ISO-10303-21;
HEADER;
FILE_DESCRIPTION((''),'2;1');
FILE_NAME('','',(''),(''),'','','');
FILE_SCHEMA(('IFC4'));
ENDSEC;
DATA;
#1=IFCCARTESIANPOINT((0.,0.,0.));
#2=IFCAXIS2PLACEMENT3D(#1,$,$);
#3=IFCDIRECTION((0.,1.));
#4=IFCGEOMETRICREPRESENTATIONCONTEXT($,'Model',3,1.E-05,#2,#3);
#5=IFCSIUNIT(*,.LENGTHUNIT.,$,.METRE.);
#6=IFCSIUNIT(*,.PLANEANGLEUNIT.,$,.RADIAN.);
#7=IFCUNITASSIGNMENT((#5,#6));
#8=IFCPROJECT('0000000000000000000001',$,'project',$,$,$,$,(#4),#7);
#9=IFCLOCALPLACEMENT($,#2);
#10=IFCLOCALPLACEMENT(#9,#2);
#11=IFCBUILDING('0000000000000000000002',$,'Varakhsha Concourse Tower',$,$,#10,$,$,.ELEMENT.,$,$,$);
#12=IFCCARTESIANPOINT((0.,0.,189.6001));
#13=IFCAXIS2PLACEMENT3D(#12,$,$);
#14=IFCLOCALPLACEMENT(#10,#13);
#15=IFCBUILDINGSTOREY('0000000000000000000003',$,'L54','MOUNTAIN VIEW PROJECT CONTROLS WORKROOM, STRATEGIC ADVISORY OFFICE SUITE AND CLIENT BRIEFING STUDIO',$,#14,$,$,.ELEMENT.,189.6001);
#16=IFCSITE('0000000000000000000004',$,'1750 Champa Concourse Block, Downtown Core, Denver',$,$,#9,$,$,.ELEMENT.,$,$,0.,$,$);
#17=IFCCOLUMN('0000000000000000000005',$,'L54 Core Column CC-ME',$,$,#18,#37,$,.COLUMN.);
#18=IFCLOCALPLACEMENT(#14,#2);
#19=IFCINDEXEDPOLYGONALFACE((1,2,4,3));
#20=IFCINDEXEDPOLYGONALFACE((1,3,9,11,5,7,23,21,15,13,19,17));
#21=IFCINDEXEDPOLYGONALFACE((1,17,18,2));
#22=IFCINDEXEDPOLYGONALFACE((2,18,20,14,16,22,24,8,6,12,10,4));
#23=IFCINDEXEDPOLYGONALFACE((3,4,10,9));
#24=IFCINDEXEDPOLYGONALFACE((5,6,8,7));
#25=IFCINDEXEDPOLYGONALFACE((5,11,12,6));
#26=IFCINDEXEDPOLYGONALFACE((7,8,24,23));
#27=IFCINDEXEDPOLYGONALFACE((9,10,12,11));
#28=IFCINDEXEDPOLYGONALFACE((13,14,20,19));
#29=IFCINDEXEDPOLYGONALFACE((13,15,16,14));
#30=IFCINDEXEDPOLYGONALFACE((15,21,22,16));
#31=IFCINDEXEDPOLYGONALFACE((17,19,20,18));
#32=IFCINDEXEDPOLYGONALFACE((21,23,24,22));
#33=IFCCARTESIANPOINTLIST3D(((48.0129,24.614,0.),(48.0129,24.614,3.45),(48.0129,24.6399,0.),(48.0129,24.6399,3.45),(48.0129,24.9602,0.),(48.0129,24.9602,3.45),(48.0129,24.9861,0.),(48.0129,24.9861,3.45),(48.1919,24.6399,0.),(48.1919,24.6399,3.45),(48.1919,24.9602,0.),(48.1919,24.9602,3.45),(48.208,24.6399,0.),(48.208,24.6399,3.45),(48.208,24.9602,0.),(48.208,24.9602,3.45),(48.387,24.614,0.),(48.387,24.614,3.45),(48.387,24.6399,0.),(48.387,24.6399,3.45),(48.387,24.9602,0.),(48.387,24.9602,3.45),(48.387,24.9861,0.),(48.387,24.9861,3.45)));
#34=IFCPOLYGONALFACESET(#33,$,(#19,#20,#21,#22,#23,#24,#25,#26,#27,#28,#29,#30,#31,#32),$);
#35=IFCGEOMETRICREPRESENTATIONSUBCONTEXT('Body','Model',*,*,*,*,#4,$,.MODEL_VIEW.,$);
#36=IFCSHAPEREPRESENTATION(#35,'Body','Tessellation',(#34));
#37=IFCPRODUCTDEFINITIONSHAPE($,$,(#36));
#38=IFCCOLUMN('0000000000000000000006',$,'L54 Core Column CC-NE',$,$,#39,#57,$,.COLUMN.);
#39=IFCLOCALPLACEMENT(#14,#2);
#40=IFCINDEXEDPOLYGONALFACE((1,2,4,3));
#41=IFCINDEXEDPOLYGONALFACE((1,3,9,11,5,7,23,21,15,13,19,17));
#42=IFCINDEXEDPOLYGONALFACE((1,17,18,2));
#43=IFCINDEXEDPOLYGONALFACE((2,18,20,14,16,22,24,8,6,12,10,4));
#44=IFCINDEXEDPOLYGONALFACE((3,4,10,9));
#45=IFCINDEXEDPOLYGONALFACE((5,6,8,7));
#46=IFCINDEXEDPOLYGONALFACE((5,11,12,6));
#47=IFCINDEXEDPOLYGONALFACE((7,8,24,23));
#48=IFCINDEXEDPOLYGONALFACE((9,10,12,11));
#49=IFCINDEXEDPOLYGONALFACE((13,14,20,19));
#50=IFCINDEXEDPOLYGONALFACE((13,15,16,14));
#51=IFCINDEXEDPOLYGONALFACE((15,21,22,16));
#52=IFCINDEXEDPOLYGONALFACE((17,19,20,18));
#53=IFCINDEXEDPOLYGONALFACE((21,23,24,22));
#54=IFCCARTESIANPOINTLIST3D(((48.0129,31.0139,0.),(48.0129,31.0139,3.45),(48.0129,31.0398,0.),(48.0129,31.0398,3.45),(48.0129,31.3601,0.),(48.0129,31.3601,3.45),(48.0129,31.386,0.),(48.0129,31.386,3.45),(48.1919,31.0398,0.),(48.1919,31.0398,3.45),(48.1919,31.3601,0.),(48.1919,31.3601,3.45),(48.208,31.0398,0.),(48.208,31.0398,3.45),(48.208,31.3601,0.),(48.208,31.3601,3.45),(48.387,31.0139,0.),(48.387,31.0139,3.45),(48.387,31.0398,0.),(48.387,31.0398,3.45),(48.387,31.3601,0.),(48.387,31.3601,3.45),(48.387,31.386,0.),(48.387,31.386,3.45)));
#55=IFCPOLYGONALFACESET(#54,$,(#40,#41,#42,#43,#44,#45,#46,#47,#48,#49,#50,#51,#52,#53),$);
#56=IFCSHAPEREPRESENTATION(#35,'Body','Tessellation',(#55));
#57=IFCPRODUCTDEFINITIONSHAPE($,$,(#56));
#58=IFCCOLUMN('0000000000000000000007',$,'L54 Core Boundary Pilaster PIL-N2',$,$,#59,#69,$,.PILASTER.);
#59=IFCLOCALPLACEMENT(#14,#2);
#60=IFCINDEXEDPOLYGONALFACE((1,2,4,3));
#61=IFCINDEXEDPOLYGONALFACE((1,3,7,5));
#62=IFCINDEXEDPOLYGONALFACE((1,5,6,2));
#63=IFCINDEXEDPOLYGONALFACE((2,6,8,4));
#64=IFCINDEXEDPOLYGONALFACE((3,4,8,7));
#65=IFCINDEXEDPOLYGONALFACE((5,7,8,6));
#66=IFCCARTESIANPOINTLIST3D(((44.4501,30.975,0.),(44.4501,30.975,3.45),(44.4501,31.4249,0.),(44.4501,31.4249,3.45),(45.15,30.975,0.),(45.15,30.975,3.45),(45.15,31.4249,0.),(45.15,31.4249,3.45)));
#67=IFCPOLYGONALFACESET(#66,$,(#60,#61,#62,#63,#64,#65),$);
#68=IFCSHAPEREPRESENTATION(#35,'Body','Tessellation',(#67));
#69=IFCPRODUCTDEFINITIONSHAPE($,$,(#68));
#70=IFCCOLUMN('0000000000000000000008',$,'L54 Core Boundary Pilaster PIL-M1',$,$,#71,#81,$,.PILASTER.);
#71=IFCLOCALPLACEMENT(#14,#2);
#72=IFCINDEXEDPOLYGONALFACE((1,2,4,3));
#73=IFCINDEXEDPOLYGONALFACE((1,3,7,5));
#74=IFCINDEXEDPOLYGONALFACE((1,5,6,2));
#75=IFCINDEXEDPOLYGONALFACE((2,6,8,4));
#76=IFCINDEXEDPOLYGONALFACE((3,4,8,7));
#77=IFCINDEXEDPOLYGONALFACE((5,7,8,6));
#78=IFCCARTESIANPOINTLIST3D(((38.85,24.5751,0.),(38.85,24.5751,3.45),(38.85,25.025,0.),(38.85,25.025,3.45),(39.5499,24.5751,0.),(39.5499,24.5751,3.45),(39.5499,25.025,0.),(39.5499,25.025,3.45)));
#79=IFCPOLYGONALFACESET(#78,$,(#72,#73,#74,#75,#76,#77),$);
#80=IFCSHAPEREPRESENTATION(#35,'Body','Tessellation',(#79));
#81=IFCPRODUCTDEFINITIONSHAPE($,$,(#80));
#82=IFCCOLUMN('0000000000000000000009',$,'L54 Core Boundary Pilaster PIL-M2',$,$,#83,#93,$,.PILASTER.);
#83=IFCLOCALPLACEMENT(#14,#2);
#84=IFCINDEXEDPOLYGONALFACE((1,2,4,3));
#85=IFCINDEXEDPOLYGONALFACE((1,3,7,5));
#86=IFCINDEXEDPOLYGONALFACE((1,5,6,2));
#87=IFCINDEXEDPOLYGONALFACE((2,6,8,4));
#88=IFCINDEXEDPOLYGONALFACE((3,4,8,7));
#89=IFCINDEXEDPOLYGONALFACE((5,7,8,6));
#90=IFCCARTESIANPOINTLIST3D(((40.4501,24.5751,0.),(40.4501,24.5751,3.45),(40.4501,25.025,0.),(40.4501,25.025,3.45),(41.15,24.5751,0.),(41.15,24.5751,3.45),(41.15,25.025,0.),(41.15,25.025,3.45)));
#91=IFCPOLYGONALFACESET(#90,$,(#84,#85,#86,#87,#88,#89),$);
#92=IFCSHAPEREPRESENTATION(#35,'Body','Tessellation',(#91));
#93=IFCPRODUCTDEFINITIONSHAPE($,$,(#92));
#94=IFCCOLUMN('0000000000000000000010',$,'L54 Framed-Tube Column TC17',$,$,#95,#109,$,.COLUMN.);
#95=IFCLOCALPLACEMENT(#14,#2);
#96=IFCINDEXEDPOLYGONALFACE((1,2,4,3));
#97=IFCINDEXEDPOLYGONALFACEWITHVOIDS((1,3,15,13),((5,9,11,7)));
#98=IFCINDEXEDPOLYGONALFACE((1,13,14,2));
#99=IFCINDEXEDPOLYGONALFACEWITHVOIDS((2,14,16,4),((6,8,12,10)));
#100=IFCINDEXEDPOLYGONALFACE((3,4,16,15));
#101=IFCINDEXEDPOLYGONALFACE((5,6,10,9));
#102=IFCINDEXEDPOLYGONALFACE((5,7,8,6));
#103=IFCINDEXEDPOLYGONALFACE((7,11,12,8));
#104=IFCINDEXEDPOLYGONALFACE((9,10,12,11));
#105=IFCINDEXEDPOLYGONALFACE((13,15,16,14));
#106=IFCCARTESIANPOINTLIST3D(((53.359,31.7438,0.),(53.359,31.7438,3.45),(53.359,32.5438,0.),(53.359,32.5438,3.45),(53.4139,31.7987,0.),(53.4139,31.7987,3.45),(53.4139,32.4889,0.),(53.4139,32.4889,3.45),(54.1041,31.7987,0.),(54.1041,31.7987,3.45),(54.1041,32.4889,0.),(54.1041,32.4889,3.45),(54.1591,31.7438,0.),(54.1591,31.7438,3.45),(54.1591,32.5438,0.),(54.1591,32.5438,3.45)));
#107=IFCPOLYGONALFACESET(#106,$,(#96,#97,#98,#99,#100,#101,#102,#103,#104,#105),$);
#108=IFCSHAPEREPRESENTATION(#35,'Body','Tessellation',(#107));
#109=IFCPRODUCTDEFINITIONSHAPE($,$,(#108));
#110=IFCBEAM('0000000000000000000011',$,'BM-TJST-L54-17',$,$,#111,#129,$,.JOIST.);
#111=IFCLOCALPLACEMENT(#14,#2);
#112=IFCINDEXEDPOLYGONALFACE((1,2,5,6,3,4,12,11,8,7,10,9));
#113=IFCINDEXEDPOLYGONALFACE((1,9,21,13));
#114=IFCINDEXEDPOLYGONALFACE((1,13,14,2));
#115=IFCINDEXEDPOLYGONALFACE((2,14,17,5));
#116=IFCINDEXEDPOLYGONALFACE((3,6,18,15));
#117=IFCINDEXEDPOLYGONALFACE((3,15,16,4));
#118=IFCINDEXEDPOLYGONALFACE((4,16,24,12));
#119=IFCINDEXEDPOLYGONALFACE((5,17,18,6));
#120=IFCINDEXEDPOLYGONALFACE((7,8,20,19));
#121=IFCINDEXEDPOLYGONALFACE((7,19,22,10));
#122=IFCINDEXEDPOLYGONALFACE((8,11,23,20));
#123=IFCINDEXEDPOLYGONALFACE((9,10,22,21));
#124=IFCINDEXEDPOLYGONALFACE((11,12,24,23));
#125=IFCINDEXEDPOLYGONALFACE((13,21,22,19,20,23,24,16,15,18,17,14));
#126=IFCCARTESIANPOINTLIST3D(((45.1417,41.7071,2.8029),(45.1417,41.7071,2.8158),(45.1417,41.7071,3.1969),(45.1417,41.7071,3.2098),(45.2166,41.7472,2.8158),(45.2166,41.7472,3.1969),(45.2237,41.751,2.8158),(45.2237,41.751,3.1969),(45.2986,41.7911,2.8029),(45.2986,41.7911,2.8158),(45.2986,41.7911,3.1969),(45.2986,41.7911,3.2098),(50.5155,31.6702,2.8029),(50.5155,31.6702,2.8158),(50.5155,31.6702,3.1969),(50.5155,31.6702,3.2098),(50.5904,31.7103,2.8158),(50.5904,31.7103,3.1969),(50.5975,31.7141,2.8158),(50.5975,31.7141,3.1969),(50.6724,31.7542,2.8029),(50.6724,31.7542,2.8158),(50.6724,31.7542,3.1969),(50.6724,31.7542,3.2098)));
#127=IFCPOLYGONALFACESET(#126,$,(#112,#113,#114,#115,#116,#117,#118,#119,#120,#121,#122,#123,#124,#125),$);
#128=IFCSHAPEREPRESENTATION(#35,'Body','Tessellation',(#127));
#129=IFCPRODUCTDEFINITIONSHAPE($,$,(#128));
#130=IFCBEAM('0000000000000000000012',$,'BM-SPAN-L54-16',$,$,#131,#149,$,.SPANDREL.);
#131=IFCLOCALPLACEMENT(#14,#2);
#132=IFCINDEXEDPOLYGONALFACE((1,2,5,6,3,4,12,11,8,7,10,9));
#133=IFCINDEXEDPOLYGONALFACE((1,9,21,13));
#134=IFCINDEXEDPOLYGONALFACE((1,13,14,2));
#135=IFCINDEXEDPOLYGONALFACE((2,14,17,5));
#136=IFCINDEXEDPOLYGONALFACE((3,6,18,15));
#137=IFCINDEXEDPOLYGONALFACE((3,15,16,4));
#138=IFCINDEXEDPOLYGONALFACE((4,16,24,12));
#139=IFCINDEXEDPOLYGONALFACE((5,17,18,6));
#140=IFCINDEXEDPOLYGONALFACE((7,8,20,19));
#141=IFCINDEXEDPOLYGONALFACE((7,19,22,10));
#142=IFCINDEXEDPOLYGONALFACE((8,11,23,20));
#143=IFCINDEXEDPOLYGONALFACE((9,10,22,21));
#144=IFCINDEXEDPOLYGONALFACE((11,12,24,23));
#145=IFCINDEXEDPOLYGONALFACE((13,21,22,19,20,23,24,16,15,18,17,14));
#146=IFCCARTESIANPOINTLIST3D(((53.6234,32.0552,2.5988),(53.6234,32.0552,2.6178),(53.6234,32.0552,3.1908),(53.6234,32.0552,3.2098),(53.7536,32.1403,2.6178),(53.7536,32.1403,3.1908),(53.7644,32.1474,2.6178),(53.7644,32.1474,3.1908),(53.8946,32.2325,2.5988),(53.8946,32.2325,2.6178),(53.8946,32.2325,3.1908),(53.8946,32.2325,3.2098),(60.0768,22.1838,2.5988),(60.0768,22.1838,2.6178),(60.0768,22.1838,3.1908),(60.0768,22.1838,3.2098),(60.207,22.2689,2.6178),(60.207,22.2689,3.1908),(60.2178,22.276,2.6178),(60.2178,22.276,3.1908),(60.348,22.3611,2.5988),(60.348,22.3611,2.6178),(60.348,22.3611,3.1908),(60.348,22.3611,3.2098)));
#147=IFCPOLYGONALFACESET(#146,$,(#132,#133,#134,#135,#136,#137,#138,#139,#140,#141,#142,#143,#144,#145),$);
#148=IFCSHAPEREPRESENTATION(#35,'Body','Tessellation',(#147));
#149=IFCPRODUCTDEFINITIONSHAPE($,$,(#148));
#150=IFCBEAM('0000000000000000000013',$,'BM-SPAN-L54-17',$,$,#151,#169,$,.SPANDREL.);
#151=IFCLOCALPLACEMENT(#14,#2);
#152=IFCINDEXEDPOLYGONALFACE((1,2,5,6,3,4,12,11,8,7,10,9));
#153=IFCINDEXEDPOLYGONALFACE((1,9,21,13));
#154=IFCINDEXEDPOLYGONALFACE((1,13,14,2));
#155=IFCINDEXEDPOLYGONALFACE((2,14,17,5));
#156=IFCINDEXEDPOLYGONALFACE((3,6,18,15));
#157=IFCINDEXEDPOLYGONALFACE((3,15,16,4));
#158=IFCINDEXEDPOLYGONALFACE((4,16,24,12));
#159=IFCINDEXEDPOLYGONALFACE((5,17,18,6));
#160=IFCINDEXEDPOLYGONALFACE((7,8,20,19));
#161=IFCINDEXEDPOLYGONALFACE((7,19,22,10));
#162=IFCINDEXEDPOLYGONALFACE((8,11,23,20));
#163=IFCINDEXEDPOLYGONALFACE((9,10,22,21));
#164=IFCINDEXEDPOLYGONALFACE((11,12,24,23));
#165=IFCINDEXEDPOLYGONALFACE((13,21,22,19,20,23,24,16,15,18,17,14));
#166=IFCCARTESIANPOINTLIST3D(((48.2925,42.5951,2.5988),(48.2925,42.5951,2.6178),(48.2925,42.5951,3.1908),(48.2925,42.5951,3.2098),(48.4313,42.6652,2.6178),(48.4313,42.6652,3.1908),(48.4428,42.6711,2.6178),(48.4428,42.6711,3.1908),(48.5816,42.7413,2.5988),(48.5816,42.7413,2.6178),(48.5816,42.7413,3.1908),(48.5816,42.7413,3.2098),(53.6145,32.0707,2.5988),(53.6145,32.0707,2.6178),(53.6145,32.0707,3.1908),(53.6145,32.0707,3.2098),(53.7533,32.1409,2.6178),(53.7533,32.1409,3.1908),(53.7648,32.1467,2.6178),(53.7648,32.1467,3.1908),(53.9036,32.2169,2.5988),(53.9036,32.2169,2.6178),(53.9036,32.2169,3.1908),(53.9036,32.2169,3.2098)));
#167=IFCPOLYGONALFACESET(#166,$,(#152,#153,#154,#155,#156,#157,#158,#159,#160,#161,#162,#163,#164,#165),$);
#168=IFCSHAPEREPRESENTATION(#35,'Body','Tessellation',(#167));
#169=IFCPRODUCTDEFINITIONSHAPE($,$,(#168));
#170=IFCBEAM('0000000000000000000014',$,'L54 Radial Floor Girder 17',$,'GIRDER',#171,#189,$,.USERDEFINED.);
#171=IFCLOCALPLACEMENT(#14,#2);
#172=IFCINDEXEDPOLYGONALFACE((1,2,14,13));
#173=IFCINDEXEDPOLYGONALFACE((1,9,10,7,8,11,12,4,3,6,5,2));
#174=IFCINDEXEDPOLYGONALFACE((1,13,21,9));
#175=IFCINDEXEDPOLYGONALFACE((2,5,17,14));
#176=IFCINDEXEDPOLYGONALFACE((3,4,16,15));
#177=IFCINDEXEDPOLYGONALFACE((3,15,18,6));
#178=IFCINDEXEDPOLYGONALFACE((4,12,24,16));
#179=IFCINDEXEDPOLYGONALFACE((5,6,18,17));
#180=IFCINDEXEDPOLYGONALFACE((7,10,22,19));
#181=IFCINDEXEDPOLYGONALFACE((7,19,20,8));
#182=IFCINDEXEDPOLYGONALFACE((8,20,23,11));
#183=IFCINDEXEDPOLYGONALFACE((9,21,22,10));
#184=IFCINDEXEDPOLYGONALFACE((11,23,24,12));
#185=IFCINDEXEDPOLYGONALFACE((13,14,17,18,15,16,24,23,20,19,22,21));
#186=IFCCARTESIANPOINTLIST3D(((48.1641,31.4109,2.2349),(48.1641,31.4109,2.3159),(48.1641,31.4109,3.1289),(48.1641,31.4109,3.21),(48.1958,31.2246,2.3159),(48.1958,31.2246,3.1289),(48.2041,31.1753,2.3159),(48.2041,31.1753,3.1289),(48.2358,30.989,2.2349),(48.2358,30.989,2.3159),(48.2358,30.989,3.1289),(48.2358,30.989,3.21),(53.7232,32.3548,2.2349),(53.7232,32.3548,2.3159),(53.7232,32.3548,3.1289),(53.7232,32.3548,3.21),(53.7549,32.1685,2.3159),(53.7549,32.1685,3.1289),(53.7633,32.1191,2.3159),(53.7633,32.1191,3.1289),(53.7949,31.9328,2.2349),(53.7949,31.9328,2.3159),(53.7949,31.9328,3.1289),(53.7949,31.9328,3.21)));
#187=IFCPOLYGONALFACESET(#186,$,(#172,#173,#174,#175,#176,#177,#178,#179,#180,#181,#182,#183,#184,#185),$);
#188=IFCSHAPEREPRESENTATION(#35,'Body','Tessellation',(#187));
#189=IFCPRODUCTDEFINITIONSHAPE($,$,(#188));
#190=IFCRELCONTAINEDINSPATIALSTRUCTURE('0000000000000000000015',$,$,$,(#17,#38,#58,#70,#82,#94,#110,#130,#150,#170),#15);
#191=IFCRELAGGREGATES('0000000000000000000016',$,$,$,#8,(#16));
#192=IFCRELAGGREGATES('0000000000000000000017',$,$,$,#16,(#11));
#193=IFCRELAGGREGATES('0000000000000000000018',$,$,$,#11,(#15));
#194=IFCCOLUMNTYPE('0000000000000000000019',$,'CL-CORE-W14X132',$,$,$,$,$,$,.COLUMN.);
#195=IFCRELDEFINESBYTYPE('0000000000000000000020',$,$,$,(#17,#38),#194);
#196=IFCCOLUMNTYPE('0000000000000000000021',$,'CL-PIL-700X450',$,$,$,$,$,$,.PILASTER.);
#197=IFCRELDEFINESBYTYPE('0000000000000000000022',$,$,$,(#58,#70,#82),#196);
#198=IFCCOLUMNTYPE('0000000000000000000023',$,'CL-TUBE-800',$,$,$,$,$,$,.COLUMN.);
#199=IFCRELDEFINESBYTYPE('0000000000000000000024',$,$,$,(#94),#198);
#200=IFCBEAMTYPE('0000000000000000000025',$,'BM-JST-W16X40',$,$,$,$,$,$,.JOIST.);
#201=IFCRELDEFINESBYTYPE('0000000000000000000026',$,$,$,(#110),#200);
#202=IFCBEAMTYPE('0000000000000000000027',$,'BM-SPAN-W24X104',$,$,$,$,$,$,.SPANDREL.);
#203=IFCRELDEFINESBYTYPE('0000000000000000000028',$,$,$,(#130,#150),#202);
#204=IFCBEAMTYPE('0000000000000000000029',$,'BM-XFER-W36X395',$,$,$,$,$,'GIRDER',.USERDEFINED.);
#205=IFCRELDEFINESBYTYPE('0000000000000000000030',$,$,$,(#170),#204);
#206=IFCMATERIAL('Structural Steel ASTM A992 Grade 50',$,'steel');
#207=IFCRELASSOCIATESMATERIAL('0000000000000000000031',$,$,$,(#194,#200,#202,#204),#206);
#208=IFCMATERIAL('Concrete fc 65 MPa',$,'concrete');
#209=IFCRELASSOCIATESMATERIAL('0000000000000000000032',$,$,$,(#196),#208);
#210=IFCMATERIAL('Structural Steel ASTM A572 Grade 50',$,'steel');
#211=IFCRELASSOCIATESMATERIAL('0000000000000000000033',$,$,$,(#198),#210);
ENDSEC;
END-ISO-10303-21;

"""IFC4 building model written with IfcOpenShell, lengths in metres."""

from ifc_helpers import new_model, si_unit, direction, frame, origin, origin_2d, place, context, subcontext, project, spatial, rectangle, hollow_rectangle, i_section, extrude, material, material_profile, profile_set, type_object, element, save


model = new_model("IFC4")

# Units and contexts
model_context = context("Model", 3, precision=1e-05, world=origin(), true_north=direction((0.0, 1.0)))
body_context = subcontext(model_context, "Body", "Model", "MODEL_VIEW")
ifc_project = project(units=[si_unit("LENGTHUNIT", "METRE"), si_unit("PLANEANGLEUNIT", "RADIAN")], contexts=[model_context])

# Site, building, storey
site_placement = place(None, origin())
site = spatial("IfcSite", under=ifc_project, at=site_placement, Name="1750 Champa Concourse Block, Downtown Core, Denver", CompositionType="ELEMENT", RefElevation=0.0)
building_placement = place(site_placement, origin())
building = spatial("IfcBuilding", under=site, at=building_placement, Name="Varakhsha Concourse Tower", CompositionType="ELEMENT")
storey_placement = place(building_placement, frame((0.0, 0.0, 189.6001)))
storey = spatial("IfcBuildingStorey", under=building, at=storey_placement, Name="L54", Description="MOUNTAIN VIEW PROJECT CONTROLS WORKROOM, STRATEGIC ADVISORY OFFICE SUITE AND CLIENT BRIEFING STUDIO", CompositionType="ELEMENT", Elevation=189.6001)

# Columns
ifc_material_1 = material(Name="Structural Steel ASTM A992 Grade 50", Category="steel")
ifc_material_profile_1 = material_profile(ifc_material_1, i_section(OverallWidth=0.374, OverallDepth=0.3721, WebThickness=0.0161, FlangeThickness=0.0259, at=origin_2d()), Name="W14X132")
ifc_profile_set_1 = profile_set([ifc_material_profile_1], Name="Structural Steel ASTM A992 Grade 50")
column_type_1 = type_object("IfcColumnType", Name="CL-CORE-W14X132", PredefinedType="COLUMN", material=ifc_profile_set_1)
for number, where, z_axis, x_axis, name in (
    (1, (48.2, 24.8, 0.0), (0.0, 0.0, 1.0), (1.0, 0.0, 0.0), "L54 Core Column CC-ME"),
    (2, (48.2, 31.2, 0.0), (0.0, 0.0, 1.0), (1.0, 0.0, 0.0), "L54 Core Column CC-NE"),
):
    element("IfcColumn", number, at=place(storey_placement, frame(where, z_axis=z_axis, x_axis=x_axis)), inside=storey, type_object=column_type_1, Name=name, PredefinedType="COLUMN", context=body_context, shape_type="SweptSolid", body=[
        extrude(i_section(OverallWidth=0.374, OverallDepth=0.3721, WebThickness=0.0161, FlangeThickness=0.0259, at=origin_2d()), origin(), (0.0, 0.0, 1.0), 3.45),
    ])
ifc_material_2 = material(Name="Concrete fc 65 MPa", Category="concrete")
ifc_material_profile_2 = material_profile(ifc_material_2, rectangle(XDim=0.7, YDim=0.45, at=origin_2d()), Name="RC 700x450")
ifc_profile_set_2 = profile_set([ifc_material_profile_2], Name="Concrete fc 65 MPa")
column_type_2 = type_object("IfcColumnType", Name="CL-PIL-700X450", PredefinedType="PILASTER", material=ifc_profile_set_2)
for number, where, z_axis, x_axis, name in (
    (3, (44.8, 31.2, 0.0), (0.0, 0.0, 1.0), (1.0, 0.0, 0.0), "L54 Core Boundary Pilaster PIL-N2"),
    (4, (39.2, 24.8, 0.0), (0.0, 0.0, 1.0), (1.0, 0.0, 0.0), "L54 Core Boundary Pilaster PIL-M1"),
    (5, (40.8, 24.8, 0.0), (0.0, 0.0, 1.0), (1.0, 0.0, 0.0), "L54 Core Boundary Pilaster PIL-M2"),
):
    element("IfcColumn", number, at=place(storey_placement, frame(where, z_axis=z_axis, x_axis=x_axis)), inside=storey, type_object=column_type_2, Name=name, PredefinedType="PILASTER", context=body_context, shape_type="SweptSolid", body=[
        extrude(rectangle(XDim=0.7, YDim=0.45, at=origin_2d()), origin(), (0.0, 0.0, 1.0), 3.45),
    ])
ifc_material_3 = material(Name="Structural Steel ASTM A572 Grade 50", Category="steel")
ifc_material_profile_3 = material_profile(ifc_material_3, hollow_rectangle(XDim=0.8, YDim=0.8, WallThickness=0.0549, at=origin_2d()), Name="BOX 800x800x55")
ifc_profile_set_3 = profile_set([ifc_material_profile_3], Name="Structural Steel ASTM A572 Grade 50")
column_type_3 = type_object("IfcColumnType", Name="CL-TUBE-800", PredefinedType="COLUMN", material=ifc_profile_set_3)
column_placement = place(storey_placement, frame((53.759, 32.1438, 0.0), z_axis=(0.0, 0.0, 1.0), x_axis=(1.0, 0.0, 0.0)))
element("IfcColumn", 6, at=column_placement, inside=storey, type_object=column_type_3, Name="L54 Framed-Tube Column TC17", PredefinedType="COLUMN", context=body_context, shape_type="SweptSolid", body=[
    extrude(hollow_rectangle(XDim=0.8, YDim=0.8, WallThickness=0.0549, at=origin_2d()), origin(), (0.0, 0.0, 1.0), 3.45),
])

# Beams
ifc_material_profile_4 = material_profile(ifc_material_1, i_section(OverallWidth=0.178, OverallDepth=0.407, WebThickness=0.0081, FlangeThickness=0.0129, at=origin_2d()), Name="W16X40")
ifc_profile_set_4 = profile_set([ifc_material_profile_4], Name="Structural Steel ASTM A992 Grade 50")
beam_type_1 = type_object("IfcBeamType", Name="BM-JST-W16X40", PredefinedType="JOIST", material=ifc_profile_set_4)
beam_1_placement = place(storey_placement, frame((50.594, 31.7122, 3.0063), z_axis=(-0.472009, 0.881594, 0.0), x_axis=(-0.881594, -0.472009, 0.0)))
element("IfcBeam", 7, at=beam_1_placement, inside=storey, type_object=beam_type_1, Name="BM-TJST-L54-17", PredefinedType="JOIST", context=body_context, shape_type="SweptSolid", body=[
    extrude(i_section(OverallWidth=0.178, OverallDepth=0.407, WebThickness=0.0081, FlangeThickness=0.0129, at=origin_2d()), origin(), (0.0, 0.0, 1.0), 11.385),
])
ifc_material_profile_5 = material_profile(ifc_material_1, i_section(OverallWidth=0.324, OverallDepth=0.6111, WebThickness=0.0129, FlangeThickness=0.019, at=origin_2d()), Name="W24X104")
ifc_profile_set_5 = profile_set([ifc_material_profile_5], Name="Structural Steel ASTM A992 Grade 50")
beam_type_2 = type_object("IfcBeamType", Name="BM-SPAN-W24X104", PredefinedType="SPANDREL", material=ifc_profile_set_5)
beam_2_placement = place(storey_placement, frame((60.2124, 22.2725, 2.9043), z_axis=(-0.547192, 0.837007, 0.0), x_axis=(-0.837007, -0.547192, 0.0)))
element("IfcBeam", 8, at=beam_2_placement, inside=storey, type_object=beam_type_2, Name="BM-SPAN-L54-16", PredefinedType="SPANDREL", context=body_context, shape_type="SweptSolid", body=[
    extrude(i_section(OverallWidth=0.324, OverallDepth=0.6111, WebThickness=0.0129, FlangeThickness=0.019, at=origin_2d()), origin(), (0.0, 0.0, 1.0), 11.7937),
])
beam_3_placement = place(storey_placement, frame((53.759, 32.1438, 2.9043), z_axis=(-0.451266, 0.892389, 0.0), x_axis=(-0.892389, -0.451266, 0.0)))
element("IfcBeam", 9, at=beam_3_placement, inside=storey, type_object=beam_type_2, Name="BM-SPAN-L54-17", PredefinedType="SPANDREL", context=body_context, shape_type="SweptSolid", body=[
    extrude(i_section(OverallWidth=0.324, OverallDepth=0.6111, WebThickness=0.0129, FlangeThickness=0.019, at=origin_2d()), origin(), (0.0, 0.0, 1.0), 11.7935),
])
ifc_material_profile_6 = material_profile(ifc_material_1, i_section(OverallWidth=0.428, OverallDepth=0.9751, WebThickness=0.05, FlangeThickness=0.0811, at=origin_2d()), Name="W36X395")
ifc_profile_set_6 = profile_set([ifc_material_profile_6], Name="Structural Steel ASTM A992 Grade 50")
beam_type_3 = type_object("IfcBeamType", Name="BM-XFER-W36X395", ElementType="GIRDER", PredefinedType="USERDEFINED", material=ifc_profile_set_6)
beam_4_placement = place(storey_placement, frame((48.2, 31.2, 2.7224), z_axis=(0.985891, 0.167389, 0.0), x_axis=(-0.167389, 0.985891, 0.0)))
element("IfcBeam", 10, at=beam_4_placement, inside=storey, type_object=beam_type_3, Name="L54 Radial Floor Girder 17", ObjectType="GIRDER", PredefinedType="USERDEFINED", context=body_context, shape_type="SweptSolid", body=[
    extrude(i_section(OverallWidth=0.428, OverallDepth=0.9751, WebThickness=0.05, FlangeThickness=0.0811, at=origin_2d()), origin(), (0.0, 0.0, 1.0), 5.6387),
])

save(model, "model.ifc")
